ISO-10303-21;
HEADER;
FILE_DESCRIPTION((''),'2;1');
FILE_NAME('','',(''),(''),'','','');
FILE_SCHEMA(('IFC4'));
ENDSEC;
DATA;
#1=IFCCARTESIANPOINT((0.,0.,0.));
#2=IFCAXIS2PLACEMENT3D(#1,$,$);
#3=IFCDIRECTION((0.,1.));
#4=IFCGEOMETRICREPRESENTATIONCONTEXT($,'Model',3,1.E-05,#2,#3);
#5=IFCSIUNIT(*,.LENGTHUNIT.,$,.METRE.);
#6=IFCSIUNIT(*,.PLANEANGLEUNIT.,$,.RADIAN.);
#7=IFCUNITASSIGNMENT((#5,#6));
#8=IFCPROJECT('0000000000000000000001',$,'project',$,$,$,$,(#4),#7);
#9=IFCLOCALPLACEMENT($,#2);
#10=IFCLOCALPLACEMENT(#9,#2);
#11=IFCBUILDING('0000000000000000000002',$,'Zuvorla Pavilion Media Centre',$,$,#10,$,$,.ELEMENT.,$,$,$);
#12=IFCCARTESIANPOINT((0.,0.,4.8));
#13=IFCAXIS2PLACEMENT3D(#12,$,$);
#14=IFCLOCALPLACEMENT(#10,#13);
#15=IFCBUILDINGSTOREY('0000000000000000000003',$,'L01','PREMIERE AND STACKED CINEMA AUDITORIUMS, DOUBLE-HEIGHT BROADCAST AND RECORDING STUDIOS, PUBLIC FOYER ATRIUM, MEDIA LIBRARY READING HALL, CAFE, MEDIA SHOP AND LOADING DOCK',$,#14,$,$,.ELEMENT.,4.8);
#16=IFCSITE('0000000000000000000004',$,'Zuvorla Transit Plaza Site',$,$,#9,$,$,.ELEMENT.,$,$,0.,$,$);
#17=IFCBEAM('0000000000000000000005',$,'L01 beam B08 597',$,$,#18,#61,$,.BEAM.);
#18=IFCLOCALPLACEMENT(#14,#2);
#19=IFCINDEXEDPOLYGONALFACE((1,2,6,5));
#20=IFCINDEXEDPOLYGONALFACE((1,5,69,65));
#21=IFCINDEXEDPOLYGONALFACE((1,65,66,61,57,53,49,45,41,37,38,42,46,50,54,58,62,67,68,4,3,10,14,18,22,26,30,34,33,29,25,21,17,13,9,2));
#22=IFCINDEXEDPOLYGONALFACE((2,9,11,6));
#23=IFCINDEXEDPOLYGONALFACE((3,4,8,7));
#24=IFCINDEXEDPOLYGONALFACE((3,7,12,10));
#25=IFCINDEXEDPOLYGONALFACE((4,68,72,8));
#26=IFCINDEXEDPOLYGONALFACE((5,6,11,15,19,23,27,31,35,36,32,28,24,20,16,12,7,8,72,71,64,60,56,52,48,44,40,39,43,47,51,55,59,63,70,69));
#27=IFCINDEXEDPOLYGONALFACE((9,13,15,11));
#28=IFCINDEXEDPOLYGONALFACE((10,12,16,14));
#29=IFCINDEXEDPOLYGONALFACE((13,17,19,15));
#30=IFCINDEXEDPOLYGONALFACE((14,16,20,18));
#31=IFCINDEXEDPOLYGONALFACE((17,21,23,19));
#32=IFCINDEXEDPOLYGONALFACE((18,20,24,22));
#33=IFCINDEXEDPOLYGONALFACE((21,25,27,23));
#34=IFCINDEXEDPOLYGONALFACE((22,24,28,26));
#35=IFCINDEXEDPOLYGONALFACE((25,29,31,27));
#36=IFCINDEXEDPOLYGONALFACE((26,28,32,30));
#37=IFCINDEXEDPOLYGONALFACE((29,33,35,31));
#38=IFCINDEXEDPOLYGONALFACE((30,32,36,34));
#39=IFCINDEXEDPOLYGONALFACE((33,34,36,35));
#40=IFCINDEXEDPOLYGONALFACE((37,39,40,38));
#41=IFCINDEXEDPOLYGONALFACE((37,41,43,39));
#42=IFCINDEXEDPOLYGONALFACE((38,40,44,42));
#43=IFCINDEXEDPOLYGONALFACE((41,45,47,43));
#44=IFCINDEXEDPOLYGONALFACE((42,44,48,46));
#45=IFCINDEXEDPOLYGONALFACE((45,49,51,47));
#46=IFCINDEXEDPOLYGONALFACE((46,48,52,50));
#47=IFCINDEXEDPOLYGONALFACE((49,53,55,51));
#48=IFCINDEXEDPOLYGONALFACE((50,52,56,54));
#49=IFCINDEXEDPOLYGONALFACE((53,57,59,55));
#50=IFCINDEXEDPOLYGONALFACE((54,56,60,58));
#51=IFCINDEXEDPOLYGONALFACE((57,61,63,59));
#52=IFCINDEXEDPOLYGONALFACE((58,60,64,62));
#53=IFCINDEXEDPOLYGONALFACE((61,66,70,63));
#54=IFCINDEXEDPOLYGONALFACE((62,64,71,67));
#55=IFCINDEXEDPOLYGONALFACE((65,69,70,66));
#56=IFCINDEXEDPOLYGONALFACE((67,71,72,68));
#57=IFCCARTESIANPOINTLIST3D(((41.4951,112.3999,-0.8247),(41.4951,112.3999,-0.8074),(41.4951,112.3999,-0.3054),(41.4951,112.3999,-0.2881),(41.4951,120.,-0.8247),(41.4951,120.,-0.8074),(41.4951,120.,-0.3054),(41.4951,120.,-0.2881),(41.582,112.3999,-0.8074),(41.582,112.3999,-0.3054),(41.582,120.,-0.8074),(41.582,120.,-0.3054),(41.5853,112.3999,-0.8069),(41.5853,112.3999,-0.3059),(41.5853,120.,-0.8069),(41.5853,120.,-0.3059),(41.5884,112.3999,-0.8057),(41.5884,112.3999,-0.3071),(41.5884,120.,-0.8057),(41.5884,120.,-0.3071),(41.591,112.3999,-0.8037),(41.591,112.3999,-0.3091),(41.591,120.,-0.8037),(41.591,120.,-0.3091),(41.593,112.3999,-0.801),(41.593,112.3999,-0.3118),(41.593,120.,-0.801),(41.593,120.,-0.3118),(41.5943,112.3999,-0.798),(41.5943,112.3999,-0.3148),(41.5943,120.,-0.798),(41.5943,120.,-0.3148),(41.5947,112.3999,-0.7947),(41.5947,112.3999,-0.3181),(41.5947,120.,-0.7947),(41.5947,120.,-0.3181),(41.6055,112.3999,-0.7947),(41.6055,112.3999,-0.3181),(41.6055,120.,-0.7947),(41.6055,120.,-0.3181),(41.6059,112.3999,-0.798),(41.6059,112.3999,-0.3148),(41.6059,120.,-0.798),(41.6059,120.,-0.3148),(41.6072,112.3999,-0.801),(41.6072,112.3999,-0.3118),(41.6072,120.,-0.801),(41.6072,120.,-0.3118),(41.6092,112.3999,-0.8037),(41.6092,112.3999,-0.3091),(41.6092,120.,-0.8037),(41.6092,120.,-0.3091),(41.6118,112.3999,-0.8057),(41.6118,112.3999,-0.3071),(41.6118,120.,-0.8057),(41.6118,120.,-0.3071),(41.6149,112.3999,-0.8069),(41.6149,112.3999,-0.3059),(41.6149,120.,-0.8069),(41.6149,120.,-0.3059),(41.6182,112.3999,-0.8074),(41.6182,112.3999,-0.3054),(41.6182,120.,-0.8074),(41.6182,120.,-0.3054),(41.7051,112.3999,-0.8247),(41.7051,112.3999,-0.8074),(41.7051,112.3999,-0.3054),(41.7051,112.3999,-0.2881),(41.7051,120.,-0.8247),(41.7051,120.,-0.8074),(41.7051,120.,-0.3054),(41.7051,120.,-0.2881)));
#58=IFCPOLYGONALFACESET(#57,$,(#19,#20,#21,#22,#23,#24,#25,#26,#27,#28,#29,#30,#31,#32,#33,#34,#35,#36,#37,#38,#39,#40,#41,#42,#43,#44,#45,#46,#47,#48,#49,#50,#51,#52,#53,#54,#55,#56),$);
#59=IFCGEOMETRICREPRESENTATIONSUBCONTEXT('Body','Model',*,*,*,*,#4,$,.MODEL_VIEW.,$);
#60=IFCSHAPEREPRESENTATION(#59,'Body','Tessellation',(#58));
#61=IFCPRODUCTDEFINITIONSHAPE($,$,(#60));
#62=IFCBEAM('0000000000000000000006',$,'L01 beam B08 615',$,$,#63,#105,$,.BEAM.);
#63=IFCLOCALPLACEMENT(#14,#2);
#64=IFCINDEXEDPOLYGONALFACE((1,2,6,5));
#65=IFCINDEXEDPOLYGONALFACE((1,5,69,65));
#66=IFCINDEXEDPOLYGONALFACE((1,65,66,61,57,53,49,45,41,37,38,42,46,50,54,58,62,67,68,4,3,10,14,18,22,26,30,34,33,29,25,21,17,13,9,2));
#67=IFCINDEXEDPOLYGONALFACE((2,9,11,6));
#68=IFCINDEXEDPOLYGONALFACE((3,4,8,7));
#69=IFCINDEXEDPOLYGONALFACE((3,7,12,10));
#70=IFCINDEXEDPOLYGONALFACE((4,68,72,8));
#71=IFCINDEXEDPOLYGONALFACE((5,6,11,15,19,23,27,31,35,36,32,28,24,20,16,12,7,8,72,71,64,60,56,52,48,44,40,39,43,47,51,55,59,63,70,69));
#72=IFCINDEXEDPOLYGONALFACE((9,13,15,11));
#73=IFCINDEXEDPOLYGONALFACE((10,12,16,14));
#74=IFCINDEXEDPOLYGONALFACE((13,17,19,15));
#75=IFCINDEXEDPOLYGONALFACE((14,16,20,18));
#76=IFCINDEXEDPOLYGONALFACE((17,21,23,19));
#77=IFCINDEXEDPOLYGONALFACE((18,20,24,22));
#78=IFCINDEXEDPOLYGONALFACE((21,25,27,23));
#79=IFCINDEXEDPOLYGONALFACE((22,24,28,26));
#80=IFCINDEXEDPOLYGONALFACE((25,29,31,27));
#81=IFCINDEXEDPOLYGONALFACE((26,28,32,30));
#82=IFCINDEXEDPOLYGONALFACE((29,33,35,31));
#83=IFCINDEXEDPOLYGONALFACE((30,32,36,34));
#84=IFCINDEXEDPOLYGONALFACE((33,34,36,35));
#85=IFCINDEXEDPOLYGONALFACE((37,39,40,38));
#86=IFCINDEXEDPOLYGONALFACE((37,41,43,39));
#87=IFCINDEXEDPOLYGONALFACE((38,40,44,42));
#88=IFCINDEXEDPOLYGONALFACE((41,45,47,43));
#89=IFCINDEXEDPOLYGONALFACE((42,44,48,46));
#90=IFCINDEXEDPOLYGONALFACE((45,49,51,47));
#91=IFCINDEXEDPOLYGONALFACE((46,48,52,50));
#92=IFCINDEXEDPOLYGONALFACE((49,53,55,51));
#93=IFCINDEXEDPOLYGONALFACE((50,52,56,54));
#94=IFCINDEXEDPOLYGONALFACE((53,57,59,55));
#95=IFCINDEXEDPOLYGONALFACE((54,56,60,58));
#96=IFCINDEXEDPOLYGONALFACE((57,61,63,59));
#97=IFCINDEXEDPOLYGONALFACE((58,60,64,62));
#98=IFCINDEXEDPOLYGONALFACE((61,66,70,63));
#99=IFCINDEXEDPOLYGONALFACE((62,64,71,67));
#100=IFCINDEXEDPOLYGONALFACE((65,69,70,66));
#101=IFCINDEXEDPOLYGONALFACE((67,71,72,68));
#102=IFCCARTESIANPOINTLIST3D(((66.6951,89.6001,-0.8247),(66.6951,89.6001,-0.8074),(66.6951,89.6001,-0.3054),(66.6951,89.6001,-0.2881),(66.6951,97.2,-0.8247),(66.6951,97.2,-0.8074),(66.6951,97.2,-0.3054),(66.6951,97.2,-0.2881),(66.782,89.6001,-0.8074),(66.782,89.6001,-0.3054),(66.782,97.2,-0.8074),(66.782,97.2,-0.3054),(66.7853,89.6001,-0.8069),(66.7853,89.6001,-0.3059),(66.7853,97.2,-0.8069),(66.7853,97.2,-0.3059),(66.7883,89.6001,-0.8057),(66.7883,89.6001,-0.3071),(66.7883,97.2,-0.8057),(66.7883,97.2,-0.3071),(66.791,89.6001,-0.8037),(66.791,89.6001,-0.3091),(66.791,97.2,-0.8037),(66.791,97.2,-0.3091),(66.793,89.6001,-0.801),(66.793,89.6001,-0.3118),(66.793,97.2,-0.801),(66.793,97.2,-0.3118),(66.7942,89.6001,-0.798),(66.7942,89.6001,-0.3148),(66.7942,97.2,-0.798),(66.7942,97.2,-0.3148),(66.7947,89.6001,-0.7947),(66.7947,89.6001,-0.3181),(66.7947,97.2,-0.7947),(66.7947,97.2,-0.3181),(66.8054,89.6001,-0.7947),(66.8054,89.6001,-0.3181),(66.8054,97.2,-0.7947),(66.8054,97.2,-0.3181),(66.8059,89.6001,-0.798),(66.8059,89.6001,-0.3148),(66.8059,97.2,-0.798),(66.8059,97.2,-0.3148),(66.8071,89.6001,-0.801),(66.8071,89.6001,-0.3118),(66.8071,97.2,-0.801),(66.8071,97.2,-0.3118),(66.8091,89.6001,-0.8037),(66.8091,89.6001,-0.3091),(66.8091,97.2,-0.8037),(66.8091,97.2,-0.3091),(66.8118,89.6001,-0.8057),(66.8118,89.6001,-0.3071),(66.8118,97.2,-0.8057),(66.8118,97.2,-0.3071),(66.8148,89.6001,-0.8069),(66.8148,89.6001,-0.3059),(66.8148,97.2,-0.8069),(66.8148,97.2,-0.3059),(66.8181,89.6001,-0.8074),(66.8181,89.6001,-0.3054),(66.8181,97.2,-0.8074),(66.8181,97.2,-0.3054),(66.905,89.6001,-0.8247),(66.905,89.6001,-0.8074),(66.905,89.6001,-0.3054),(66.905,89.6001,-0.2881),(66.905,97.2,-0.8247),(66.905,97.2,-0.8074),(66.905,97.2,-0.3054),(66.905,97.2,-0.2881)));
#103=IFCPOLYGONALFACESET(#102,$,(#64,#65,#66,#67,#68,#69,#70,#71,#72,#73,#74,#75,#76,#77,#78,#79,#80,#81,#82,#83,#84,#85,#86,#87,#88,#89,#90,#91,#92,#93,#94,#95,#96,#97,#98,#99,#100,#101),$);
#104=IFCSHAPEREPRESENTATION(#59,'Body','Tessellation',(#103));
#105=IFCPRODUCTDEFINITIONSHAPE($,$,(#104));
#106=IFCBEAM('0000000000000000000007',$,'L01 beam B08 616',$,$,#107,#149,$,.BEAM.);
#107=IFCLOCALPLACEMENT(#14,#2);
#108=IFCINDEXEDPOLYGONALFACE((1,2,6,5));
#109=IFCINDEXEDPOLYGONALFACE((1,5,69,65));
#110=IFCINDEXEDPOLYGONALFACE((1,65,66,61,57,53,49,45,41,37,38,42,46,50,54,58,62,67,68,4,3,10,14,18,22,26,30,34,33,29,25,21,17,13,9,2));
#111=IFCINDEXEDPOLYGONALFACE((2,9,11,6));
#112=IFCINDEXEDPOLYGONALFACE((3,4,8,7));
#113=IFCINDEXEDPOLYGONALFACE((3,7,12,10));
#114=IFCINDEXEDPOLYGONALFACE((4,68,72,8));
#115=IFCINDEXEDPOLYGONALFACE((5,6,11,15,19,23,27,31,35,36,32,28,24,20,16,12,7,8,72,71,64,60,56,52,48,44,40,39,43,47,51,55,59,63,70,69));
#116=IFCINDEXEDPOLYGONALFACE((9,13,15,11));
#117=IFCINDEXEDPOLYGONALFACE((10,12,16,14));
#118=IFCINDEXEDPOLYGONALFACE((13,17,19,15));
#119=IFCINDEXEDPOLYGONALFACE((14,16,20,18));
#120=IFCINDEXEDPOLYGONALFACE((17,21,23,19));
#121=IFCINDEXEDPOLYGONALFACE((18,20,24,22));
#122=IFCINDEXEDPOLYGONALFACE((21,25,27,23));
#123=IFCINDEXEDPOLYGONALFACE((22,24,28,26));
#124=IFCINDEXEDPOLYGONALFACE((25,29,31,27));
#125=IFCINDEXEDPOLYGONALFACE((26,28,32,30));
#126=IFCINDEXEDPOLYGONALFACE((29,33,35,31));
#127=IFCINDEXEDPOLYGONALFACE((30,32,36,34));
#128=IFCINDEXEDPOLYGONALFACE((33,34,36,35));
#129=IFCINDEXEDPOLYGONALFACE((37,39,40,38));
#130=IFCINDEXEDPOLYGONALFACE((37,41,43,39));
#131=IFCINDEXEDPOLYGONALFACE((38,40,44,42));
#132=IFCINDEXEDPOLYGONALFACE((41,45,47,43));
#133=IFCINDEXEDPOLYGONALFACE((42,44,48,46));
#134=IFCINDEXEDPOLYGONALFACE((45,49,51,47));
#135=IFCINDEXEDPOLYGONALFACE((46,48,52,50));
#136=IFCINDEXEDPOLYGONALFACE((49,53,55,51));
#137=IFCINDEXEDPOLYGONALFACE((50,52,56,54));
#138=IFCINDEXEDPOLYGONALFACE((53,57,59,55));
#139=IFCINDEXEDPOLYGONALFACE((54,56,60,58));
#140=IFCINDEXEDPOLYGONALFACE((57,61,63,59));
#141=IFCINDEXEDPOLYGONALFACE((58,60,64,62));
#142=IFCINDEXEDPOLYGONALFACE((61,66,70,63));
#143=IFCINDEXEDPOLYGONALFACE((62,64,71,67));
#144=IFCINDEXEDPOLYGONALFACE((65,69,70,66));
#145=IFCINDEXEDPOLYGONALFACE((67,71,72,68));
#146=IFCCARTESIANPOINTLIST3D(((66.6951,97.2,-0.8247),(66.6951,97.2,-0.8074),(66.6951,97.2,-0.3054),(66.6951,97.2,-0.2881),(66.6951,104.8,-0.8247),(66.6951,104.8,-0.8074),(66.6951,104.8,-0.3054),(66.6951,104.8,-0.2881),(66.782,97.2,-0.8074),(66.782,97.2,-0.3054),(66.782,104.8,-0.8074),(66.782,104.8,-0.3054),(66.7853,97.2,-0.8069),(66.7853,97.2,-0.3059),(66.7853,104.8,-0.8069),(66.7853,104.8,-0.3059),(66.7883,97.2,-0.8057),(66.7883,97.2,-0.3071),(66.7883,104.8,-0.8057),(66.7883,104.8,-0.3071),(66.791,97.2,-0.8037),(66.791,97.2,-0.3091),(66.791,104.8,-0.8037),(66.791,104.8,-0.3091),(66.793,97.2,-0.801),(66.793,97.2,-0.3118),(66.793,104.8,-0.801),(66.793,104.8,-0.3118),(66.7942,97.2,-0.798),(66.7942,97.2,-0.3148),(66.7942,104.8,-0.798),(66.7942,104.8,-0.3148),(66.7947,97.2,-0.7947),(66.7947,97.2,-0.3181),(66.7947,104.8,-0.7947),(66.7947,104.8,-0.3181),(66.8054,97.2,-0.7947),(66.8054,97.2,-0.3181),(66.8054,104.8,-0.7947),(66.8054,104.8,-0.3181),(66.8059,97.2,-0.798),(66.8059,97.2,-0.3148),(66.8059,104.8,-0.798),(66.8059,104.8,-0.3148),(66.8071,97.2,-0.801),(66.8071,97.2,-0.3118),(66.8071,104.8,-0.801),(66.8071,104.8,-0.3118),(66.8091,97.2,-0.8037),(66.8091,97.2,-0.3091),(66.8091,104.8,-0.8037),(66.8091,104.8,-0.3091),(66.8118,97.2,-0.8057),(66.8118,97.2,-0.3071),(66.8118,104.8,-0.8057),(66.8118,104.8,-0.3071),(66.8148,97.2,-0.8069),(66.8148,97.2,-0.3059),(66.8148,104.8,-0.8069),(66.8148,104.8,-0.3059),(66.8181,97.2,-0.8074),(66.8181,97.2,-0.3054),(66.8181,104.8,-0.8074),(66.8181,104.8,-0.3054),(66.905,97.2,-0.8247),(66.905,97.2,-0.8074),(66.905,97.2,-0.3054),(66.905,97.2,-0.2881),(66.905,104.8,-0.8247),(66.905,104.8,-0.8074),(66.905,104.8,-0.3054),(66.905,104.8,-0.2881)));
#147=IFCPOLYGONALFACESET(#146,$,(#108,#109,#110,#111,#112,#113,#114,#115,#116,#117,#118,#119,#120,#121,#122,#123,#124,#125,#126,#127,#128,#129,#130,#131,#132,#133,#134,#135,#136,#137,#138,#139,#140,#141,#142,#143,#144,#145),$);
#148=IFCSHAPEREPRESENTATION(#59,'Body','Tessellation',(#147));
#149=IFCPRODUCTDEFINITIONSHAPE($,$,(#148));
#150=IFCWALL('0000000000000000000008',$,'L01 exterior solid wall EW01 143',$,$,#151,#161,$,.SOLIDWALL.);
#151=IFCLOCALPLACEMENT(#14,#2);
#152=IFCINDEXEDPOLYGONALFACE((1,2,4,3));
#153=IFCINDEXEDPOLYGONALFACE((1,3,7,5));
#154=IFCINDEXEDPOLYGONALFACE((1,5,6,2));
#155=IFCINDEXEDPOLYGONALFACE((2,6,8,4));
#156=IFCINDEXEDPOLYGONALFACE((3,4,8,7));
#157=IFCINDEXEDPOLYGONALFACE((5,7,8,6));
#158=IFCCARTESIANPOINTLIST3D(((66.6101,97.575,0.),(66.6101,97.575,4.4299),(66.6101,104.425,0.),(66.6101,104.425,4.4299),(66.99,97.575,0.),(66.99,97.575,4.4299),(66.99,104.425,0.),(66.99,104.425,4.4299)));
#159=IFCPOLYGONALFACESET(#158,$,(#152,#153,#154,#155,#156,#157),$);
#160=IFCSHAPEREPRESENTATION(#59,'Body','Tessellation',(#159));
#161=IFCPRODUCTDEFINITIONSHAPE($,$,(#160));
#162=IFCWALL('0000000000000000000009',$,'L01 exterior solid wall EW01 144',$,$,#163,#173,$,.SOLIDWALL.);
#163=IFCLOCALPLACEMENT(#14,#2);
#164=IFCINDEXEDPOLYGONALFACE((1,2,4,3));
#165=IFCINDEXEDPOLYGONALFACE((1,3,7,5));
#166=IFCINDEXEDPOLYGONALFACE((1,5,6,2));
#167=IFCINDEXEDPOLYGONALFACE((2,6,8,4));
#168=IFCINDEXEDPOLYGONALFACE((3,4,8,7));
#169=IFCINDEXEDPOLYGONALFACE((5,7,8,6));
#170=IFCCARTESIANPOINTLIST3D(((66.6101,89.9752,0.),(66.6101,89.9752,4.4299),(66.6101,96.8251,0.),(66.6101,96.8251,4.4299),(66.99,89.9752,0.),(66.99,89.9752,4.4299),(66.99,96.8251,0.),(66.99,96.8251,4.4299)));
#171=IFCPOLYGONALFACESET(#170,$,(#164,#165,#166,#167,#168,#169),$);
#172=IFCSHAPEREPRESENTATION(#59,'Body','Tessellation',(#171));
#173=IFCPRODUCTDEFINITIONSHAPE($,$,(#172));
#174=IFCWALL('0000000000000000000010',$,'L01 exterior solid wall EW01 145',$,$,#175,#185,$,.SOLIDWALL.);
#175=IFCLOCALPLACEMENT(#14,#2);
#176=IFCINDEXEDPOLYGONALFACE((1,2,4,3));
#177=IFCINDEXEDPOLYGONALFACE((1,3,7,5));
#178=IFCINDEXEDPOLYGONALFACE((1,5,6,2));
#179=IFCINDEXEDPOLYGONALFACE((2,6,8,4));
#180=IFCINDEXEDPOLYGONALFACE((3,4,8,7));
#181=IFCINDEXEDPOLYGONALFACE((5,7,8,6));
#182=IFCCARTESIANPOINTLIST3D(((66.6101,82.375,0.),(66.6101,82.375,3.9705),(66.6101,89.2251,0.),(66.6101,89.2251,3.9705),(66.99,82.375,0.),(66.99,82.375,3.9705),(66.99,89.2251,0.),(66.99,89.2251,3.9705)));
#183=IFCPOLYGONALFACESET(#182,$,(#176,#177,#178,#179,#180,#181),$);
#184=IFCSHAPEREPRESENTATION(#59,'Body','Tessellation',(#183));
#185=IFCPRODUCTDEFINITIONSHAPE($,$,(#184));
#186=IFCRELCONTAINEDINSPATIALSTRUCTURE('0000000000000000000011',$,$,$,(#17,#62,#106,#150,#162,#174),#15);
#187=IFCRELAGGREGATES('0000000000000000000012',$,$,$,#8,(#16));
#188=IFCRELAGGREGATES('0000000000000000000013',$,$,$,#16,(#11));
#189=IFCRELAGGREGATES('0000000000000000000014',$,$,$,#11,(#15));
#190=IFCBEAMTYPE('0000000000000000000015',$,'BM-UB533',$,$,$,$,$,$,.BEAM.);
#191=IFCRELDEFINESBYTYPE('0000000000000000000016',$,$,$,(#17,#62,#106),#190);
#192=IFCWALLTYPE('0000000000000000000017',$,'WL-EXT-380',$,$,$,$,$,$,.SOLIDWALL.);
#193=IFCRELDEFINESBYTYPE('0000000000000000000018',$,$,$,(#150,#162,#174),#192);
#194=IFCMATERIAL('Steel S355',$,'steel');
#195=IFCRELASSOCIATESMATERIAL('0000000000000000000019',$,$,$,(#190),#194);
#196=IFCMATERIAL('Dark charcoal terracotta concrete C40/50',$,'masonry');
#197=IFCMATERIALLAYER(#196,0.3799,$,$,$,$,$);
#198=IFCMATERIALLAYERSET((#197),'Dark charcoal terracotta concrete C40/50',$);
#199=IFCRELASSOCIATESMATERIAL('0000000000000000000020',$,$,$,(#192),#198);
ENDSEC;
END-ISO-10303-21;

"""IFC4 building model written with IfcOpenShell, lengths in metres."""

from ifc_helpers import new_model, si_unit, direction, frame, frame_2d, origin, origin_2d, place, context, subcontext, project, spatial, rectangle, i_section, extrude, material, layer, layer_set, material_profile, profile_set, type_object, element, save


model = new_model("IFC4")

# Units and contexts
model_context = context("Model", 3, precision=1e-05, world=origin(), true_north=direction((0.0, 1.0)))
body_context = subcontext(model_context, "Body", "Model", "MODEL_VIEW")
ifc_project = project(units=[si_unit("LENGTHUNIT", "METRE"), si_unit("PLANEANGLEUNIT", "RADIAN")], contexts=[model_context])

# Site, building, storey
site_placement = place(None, origin())
site = spatial("IfcSite", under=ifc_project, at=site_placement, Name="Zuvorla Transit Plaza Site", CompositionType="ELEMENT", RefElevation=0.0)
building_placement = place(site_placement, origin())
building = spatial("IfcBuilding", under=site, at=building_placement, Name="Zuvorla Pavilion Media Centre", CompositionType="ELEMENT")
storey_placement = place(building_placement, frame((0.0, 0.0, 4.8)))
storey = spatial("IfcBuildingStorey", under=building, at=storey_placement, Name="L01", Description="PREMIERE AND STACKED CINEMA AUDITORIUMS, DOUBLE-HEIGHT BROADCAST AND RECORDING STUDIOS, PUBLIC FOYER ATRIUM, MEDIA LIBRARY READING HALL, CAFE, MEDIA SHOP AND LOADING DOCK", CompositionType="ELEMENT", Elevation=4.8)

# Shared definitions
ifc_material_1 = material(Name="Steel S355", Category="steel")

# Beams
ifc_material_profile_1 = material_profile(ifc_material_1, i_section(OverallWidth=0.21, OverallDepth=0.5366, WebThickness=0.0107, FlangeThickness=0.0173, FilletRadius=0.0127, at=origin_2d()), Name="UB 533x210x101")
ifc_profile_set_1 = profile_set([ifc_material_profile_1], Name="Steel S355")
beam_type_1 = type_object("IfcBeamType", Name="BM-UB533", PredefinedType="BEAM", material=ifc_profile_set_1)
beam_1_placement = place(storey_placement, frame((41.6001, 112.3999, -0.5564), z_axis=(0.0, 1.0, 0.0), x_axis=(-1.0, 0.0, 0.0)))
element("IfcBeam", 1, at=beam_1_placement, inside=storey, type_object=beam_type_1, Name="L01 beam B08 597", PredefinedType="BEAM", context=body_context, shape_type="SweptSolid", body=[
    extrude(i_section(OverallWidth=0.21, OverallDepth=0.5366, WebThickness=0.0107, FlangeThickness=0.0173, FilletRadius=0.0127, at=origin_2d()), origin(), (0.0, 0.0, 1.0), 7.6001),
])
beam_2_placement = place(storey_placement, frame((66.8, 89.6001, -0.5564), z_axis=(0.0, 1.0, 0.0), x_axis=(-1.0, 0.0, 0.0)))
element("IfcBeam", 2, at=beam_2_placement, inside=storey, type_object=beam_type_1, Name="L01 beam B08 615", PredefinedType="BEAM", context=body_context, shape_type="SweptSolid", body=[
    extrude(i_section(OverallWidth=0.21, OverallDepth=0.5366, WebThickness=0.0107, FlangeThickness=0.0173, FilletRadius=0.0127, at=origin_2d()), origin(), (0.0, 0.0, 1.0), 7.5999),
])
beam_3_placement = place(storey_placement, frame((66.8, 97.2, -0.5564), z_axis=(0.0, 1.0, 0.0), x_axis=(-1.0, 0.0, 0.0)))
element("IfcBeam", 3, at=beam_3_placement, inside=storey, type_object=beam_type_1, Name="L01 beam B08 616", PredefinedType="BEAM", context=body_context, shape_type="SweptSolid", body=[
    extrude(i_section(OverallWidth=0.21, OverallDepth=0.5366, WebThickness=0.0107, FlangeThickness=0.0173, FilletRadius=0.0127, at=origin_2d()), origin(), (0.0, 0.0, 1.0), 7.6001),
])

# Walls
ifc_material_2 = material(Name="Dark charcoal terracotta concrete C40/50", Category="masonry")
ifc_layer = layer(ifc_material_2, 0.3799)
ifc_layer_set = layer_set([ifc_layer], Name="Dark charcoal terracotta concrete C40/50")
wall_type = type_object("IfcWallType", Name="WL-EXT-380", PredefinedType="SOLIDWALL", material=ifc_layer_set)
wall_1_placement = place(storey_placement, frame((66.8, 104.425, 0.0), z_axis=(0.0, 0.0, 1.0), x_axis=(0.0, -1.0, 0.0)))
element("IfcWall", 4, at=wall_1_placement, inside=storey, type_object=wall_type, Name="L01 exterior solid wall EW01 143", PredefinedType="SOLIDWALL", context=body_context, shape_type="SweptSolid", body=[
    extrude(rectangle(XDim=6.8501, YDim=0.3799, at=frame_2d((3.425, 0.0))), origin(), (0.0, 0.0, 1.0), 4.4299),
])
wall_2_placement = place(storey_placement, frame((66.8, 96.825, 0.0), z_axis=(0.0, 0.0, 1.0), x_axis=(0.0, -1.0, 0.0)))
element("IfcWall", 5, at=wall_2_placement, inside=storey, type_object=wall_type, Name="L01 exterior solid wall EW01 144", PredefinedType="SOLIDWALL", context=body_context, shape_type="SweptSolid", body=[
    extrude(rectangle(XDim=6.8499, YDim=0.3799, at=frame_2d((3.4248, 0.0))), origin(), (0.0, 0.0, 1.0), 4.4299),
])
wall_3_placement = place(storey_placement, frame((66.8, 89.2251, 0.0), z_axis=(0.0, 0.0, 1.0), x_axis=(0.0, -1.0, 0.0)))
element("IfcWall", 6, at=wall_3_placement, inside=storey, type_object=wall_type, Name="L01 exterior solid wall EW01 145", PredefinedType="SOLIDWALL", context=body_context, shape_type="SweptSolid", body=[
    extrude(rectangle(XDim=6.8501, YDim=0.3799, at=frame_2d((3.425, 0.0))), origin(), (0.0, 0.0, 1.0), 3.9705),
])

save(model, "model.ifc")
